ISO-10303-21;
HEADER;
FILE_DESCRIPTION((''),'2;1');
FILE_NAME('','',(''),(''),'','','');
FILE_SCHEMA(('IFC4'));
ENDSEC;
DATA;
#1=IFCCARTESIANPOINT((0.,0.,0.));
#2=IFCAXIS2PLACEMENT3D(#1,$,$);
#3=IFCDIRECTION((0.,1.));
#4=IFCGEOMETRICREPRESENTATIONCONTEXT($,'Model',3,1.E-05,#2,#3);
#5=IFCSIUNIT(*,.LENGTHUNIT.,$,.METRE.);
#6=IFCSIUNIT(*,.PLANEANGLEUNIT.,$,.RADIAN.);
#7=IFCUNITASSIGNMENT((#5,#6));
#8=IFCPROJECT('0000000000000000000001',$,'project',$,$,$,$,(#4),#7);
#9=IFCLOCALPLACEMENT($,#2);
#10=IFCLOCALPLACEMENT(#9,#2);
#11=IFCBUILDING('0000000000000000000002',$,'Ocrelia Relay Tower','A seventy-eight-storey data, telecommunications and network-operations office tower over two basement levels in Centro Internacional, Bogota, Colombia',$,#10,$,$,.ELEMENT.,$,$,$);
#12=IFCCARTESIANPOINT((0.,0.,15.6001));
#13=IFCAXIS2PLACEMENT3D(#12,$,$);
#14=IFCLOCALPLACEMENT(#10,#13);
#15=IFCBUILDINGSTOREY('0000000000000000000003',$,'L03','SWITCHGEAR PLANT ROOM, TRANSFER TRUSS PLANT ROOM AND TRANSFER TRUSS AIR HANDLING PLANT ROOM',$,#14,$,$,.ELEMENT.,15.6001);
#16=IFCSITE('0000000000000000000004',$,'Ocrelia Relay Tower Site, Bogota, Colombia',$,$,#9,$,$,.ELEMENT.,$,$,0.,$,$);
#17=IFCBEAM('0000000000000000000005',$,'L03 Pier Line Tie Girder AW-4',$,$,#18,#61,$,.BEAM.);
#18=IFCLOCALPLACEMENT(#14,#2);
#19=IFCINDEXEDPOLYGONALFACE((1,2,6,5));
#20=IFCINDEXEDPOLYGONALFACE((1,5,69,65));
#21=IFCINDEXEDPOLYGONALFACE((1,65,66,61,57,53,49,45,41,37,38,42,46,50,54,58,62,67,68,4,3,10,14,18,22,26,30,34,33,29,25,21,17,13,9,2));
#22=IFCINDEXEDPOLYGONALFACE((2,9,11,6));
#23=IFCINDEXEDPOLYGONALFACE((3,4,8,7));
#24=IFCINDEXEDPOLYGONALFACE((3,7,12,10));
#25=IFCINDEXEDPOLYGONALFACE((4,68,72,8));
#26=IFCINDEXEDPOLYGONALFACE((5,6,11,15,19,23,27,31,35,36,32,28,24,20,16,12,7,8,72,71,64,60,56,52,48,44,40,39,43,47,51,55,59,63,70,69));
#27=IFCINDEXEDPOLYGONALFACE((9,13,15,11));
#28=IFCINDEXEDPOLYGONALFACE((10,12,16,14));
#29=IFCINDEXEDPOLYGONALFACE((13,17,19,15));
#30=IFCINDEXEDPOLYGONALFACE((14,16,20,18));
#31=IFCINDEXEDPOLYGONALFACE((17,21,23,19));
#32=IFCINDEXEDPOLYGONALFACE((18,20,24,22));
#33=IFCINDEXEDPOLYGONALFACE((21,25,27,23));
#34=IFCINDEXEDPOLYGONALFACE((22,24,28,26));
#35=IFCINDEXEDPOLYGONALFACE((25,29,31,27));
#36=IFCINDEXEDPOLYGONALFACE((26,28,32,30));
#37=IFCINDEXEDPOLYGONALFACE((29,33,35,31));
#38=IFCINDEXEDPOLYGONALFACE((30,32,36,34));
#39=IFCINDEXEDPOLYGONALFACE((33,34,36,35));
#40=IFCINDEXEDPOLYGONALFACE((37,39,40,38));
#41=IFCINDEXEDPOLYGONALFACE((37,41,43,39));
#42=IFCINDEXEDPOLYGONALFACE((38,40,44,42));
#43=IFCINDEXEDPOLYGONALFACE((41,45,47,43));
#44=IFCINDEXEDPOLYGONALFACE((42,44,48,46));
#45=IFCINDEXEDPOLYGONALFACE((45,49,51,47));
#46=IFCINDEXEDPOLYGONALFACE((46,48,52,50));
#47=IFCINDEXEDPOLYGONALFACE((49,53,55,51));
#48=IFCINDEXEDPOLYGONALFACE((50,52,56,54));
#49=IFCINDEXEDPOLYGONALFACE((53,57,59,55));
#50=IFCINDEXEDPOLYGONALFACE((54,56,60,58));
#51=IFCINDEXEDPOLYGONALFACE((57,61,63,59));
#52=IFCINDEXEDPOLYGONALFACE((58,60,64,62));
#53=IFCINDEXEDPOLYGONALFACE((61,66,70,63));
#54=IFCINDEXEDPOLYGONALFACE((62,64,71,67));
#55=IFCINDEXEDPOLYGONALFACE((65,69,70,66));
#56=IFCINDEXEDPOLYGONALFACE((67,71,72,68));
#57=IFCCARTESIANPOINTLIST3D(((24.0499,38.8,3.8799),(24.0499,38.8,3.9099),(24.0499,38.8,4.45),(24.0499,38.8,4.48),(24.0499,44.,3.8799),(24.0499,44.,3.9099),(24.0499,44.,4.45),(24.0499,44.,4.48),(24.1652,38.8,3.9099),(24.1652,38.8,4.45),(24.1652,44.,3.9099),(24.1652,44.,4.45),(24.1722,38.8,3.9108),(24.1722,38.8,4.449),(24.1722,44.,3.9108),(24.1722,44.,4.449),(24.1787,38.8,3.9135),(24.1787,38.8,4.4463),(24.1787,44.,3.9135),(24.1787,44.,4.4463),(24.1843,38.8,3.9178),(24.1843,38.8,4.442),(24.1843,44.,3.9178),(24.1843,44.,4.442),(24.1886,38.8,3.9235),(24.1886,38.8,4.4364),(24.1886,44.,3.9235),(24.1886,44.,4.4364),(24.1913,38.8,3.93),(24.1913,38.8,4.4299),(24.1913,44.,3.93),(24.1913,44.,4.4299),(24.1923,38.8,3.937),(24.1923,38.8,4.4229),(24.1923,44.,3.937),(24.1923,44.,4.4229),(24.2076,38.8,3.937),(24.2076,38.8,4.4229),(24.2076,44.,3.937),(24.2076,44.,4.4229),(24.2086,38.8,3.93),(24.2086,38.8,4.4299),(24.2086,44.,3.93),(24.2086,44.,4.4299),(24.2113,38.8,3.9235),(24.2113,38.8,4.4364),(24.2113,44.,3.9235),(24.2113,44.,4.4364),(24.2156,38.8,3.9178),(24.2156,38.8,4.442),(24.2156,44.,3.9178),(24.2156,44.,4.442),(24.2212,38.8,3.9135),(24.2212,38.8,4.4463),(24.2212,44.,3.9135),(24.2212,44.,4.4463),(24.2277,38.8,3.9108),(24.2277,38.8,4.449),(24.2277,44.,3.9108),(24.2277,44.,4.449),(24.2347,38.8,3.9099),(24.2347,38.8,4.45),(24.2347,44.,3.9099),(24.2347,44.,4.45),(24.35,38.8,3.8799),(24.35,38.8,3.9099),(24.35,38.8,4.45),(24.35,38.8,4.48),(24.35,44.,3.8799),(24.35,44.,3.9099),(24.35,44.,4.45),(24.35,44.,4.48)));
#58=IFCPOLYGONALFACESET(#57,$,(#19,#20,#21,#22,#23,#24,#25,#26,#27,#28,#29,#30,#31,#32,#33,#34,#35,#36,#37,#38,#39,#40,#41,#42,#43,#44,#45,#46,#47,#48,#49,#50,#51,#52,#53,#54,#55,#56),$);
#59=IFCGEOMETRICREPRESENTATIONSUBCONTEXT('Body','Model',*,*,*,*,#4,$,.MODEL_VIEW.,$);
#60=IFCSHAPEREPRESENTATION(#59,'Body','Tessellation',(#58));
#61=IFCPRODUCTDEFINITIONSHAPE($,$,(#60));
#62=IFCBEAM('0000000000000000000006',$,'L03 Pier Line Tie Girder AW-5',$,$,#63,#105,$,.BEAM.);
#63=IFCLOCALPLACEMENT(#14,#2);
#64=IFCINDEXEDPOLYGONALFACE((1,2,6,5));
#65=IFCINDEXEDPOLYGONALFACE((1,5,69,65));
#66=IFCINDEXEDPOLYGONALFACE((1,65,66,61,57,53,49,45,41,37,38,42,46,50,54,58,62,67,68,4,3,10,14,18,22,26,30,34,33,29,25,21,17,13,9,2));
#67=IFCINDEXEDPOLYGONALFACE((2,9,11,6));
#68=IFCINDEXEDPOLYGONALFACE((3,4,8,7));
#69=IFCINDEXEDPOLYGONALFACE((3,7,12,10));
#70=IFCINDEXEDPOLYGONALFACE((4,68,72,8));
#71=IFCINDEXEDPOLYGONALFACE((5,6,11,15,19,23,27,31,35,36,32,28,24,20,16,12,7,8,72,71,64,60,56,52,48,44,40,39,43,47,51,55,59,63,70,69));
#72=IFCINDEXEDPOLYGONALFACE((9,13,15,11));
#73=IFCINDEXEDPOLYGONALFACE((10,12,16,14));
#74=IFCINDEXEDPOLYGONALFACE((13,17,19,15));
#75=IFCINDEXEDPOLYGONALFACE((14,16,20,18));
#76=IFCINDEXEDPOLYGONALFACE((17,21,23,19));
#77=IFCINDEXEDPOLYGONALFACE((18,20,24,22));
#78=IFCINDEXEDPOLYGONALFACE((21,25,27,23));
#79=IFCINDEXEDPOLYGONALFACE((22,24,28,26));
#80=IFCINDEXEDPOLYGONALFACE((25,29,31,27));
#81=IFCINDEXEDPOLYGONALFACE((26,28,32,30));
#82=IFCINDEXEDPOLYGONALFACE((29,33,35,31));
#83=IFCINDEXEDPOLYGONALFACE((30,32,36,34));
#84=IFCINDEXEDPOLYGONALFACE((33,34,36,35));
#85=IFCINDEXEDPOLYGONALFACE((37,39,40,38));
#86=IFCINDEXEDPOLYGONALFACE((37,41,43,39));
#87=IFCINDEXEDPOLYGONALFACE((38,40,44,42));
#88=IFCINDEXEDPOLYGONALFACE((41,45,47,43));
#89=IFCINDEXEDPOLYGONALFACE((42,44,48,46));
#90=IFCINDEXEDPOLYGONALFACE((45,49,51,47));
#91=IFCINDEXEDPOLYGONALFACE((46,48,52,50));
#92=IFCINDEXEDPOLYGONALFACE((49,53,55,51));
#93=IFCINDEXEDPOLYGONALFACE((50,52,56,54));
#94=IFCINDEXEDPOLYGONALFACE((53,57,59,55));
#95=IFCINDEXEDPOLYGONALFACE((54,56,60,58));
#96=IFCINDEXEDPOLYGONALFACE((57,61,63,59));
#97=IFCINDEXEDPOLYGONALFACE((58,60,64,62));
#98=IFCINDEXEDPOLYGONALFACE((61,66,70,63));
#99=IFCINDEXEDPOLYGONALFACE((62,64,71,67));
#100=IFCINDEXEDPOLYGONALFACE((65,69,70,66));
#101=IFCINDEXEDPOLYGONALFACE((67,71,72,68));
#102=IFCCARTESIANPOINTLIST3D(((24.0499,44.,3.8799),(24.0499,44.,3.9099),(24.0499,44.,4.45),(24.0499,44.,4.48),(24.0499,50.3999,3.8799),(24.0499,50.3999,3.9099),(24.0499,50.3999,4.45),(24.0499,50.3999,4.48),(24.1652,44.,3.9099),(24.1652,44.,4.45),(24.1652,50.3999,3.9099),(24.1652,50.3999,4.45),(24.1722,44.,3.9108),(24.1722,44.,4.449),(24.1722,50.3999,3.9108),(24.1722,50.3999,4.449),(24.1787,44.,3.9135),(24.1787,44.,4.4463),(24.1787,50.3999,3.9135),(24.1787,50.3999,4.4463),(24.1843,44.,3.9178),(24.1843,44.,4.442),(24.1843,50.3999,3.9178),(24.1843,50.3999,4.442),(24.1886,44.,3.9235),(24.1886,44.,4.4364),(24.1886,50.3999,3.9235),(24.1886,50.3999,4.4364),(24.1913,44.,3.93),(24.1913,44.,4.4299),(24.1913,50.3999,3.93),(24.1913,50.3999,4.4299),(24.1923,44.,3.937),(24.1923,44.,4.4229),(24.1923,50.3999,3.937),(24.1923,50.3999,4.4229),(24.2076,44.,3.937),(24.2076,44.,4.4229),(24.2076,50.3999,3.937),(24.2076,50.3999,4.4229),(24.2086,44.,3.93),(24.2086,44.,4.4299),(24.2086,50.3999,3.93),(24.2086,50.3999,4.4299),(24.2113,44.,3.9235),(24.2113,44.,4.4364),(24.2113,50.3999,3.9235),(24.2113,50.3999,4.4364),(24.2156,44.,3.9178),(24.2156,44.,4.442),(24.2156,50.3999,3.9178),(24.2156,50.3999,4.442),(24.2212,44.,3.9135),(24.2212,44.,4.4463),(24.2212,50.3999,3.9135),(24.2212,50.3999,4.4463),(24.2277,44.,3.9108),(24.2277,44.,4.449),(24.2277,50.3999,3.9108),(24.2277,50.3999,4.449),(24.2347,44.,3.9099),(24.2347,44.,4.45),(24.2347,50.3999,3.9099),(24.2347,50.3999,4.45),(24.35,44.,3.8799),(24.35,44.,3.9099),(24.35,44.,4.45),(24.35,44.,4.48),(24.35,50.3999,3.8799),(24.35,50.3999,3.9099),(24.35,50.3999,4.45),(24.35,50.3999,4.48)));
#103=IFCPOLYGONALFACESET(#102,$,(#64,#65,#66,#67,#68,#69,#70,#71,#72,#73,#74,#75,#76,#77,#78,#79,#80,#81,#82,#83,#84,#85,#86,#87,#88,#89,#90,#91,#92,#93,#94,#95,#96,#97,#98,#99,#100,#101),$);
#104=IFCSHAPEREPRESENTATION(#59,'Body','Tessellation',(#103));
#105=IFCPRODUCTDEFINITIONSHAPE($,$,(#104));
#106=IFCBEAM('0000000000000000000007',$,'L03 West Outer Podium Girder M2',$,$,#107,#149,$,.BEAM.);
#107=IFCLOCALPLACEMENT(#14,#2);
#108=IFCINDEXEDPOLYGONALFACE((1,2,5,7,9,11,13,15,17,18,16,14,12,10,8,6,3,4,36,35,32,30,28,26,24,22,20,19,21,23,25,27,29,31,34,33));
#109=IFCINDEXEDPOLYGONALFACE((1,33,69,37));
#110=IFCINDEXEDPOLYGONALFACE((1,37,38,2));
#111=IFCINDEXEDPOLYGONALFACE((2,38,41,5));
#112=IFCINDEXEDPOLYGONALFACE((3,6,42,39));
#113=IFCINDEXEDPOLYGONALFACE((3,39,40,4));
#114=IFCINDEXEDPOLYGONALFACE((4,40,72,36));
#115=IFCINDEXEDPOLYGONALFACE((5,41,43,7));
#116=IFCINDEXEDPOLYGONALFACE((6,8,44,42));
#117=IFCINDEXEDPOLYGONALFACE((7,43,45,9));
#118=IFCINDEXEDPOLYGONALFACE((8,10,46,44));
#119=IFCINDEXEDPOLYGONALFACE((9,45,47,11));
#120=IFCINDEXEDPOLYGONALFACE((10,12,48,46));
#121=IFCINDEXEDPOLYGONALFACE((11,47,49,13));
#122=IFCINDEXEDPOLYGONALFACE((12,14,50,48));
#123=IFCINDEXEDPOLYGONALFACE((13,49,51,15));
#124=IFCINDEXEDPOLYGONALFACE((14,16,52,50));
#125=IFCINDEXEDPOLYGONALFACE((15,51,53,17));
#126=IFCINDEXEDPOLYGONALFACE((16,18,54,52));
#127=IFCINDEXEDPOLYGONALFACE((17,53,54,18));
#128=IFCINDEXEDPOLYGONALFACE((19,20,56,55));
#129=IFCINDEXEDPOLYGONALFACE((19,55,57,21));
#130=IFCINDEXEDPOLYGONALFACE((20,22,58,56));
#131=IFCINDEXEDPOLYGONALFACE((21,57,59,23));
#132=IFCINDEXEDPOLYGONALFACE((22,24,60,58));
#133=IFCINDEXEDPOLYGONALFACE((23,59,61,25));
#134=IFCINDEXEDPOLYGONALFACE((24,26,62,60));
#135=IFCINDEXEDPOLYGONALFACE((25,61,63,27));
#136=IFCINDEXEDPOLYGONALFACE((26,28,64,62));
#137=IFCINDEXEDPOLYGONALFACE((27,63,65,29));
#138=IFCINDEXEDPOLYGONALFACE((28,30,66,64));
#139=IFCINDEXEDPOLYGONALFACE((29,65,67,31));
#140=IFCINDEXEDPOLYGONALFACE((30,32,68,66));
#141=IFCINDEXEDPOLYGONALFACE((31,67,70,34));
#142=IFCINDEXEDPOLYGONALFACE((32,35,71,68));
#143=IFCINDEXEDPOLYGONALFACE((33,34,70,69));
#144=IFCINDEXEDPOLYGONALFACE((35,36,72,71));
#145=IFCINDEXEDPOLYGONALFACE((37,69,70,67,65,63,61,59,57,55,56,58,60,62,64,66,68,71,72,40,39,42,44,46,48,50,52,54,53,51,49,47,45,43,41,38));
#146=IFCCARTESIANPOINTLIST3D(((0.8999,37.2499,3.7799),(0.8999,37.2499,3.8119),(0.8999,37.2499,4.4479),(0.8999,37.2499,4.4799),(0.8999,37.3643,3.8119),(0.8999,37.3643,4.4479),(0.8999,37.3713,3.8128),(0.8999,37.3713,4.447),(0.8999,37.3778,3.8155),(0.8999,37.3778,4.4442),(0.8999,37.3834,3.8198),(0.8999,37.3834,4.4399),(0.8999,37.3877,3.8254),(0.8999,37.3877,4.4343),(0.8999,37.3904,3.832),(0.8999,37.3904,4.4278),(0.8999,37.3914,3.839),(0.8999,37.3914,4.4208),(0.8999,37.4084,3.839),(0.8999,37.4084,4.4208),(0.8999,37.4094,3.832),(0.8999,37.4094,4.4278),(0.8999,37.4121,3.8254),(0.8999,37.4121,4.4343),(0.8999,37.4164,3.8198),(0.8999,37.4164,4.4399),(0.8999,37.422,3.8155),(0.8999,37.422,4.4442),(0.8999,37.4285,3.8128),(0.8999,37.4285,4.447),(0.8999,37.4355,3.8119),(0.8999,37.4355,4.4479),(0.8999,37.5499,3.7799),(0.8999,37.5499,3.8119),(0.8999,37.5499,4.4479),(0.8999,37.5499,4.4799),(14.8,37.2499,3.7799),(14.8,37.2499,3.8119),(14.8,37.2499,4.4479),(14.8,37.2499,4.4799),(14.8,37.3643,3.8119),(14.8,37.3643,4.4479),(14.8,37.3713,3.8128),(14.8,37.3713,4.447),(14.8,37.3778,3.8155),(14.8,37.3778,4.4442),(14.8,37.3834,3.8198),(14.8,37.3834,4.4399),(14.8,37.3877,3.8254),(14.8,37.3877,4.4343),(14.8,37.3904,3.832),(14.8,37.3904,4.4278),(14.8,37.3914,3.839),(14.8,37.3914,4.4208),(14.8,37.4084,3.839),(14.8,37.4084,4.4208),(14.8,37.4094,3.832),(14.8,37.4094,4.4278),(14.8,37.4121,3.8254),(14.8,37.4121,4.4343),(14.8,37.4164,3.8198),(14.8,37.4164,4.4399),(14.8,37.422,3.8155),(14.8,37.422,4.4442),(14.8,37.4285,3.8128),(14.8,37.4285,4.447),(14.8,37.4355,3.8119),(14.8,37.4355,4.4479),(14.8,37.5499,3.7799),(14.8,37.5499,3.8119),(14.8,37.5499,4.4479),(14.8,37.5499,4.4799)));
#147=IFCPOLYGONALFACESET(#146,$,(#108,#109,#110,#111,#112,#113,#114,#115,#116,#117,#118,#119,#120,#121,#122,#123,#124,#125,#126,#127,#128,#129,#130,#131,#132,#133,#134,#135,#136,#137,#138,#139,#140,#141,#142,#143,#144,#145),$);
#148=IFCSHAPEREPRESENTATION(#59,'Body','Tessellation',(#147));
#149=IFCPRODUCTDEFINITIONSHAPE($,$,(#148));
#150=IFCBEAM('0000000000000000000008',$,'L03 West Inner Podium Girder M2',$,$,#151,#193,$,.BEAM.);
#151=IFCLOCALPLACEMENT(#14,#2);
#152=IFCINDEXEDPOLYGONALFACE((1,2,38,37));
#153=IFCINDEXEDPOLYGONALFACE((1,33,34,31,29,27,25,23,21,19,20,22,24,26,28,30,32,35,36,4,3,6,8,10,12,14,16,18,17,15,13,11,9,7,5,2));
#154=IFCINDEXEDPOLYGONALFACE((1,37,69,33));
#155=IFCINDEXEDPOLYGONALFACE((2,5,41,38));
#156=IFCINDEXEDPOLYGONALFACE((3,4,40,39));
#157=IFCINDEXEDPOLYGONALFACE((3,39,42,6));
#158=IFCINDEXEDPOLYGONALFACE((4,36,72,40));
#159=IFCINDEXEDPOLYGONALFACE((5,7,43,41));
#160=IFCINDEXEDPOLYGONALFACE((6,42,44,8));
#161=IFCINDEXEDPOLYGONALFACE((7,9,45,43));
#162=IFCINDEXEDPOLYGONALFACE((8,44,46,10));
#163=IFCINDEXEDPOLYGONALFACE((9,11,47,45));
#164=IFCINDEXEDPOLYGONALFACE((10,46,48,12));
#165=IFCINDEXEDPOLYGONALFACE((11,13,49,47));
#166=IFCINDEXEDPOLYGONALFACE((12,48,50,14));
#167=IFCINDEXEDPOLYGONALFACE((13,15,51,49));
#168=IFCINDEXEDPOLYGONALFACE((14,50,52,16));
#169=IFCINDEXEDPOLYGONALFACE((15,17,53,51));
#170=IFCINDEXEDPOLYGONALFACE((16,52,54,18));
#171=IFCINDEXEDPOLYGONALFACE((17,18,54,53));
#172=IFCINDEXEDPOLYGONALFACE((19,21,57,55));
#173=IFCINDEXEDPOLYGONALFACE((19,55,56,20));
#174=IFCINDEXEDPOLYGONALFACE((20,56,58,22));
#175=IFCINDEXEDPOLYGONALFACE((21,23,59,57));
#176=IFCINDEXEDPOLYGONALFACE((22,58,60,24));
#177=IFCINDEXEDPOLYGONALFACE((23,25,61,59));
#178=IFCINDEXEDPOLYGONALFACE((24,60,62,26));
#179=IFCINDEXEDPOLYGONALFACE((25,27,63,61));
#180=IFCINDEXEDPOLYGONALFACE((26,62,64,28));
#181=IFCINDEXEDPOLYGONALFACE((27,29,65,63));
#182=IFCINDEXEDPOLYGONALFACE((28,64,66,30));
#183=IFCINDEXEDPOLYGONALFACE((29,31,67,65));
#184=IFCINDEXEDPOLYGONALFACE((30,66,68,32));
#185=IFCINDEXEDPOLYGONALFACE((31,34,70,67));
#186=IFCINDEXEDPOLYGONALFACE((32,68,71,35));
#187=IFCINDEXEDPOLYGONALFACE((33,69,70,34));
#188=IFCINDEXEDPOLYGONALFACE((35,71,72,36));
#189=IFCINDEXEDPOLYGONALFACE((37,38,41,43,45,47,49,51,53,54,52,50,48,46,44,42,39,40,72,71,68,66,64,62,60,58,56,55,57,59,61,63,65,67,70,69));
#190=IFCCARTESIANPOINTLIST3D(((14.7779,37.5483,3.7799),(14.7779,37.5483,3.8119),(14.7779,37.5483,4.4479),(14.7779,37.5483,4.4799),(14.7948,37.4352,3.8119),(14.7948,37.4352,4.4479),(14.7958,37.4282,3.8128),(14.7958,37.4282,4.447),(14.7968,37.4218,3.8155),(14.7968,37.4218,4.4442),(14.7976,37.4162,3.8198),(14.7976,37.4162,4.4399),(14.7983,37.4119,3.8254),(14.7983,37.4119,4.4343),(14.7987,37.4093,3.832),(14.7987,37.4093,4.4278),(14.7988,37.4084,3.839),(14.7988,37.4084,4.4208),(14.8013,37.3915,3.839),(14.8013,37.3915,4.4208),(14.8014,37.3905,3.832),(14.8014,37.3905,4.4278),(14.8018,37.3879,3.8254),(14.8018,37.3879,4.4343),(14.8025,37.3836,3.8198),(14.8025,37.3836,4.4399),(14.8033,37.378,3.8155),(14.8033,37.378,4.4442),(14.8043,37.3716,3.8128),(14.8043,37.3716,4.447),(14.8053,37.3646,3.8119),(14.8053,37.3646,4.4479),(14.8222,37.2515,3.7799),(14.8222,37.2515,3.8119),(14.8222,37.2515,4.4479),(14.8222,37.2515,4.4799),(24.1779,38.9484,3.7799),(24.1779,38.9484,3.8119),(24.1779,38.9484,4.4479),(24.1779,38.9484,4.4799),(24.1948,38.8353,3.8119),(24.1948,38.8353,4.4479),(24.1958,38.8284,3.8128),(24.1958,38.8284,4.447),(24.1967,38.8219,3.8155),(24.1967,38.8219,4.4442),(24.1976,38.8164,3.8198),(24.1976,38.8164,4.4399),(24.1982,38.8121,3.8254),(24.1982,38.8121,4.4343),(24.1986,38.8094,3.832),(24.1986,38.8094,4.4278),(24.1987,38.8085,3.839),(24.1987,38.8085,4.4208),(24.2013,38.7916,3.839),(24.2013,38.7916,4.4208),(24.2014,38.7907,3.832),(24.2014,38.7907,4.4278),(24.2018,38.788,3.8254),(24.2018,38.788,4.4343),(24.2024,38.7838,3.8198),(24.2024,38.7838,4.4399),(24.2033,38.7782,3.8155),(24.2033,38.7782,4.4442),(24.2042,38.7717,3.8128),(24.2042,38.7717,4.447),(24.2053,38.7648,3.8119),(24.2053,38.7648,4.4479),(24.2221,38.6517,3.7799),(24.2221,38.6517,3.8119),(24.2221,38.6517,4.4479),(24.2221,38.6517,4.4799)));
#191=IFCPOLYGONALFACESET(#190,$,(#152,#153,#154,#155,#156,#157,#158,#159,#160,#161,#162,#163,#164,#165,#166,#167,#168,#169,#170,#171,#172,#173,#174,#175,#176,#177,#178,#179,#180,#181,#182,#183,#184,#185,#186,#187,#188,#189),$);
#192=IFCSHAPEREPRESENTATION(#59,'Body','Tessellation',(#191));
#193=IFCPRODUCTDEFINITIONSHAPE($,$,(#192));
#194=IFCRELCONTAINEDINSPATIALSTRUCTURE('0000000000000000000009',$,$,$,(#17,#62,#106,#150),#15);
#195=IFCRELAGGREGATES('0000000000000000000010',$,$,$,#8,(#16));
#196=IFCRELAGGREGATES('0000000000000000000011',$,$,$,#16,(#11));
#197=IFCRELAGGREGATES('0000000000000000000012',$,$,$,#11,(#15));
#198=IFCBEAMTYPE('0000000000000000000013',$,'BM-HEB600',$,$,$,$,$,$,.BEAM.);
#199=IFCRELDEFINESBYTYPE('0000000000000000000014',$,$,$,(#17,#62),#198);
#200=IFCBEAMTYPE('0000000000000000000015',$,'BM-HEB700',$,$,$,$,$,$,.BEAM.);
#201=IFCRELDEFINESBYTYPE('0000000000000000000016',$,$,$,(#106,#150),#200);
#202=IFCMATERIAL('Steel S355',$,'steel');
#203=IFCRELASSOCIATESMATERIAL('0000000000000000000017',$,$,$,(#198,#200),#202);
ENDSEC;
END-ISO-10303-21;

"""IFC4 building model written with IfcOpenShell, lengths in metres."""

from ifc_helpers import new_model, si_unit, direction, frame, origin, origin_2d, place, context, subcontext, project, spatial, i_section, extrude, material, material_profile, profile_set, type_object, element, save


model = new_model("IFC4")

# Units and contexts
model_context = context("Model", 3, precision=1e-05, world=origin(), true_north=direction((0.0, 1.0)))
body_context = subcontext(model_context, "Body", "Model", "MODEL_VIEW")
ifc_project = project(units=[si_unit("LENGTHUNIT", "METRE"), si_unit("PLANEANGLEUNIT", "RADIAN")], contexts=[model_context])

# Site, building, storey
site_placement = place(None, origin())
site = spatial("IfcSite", under=ifc_project, at=site_placement, Name="Ocrelia Relay Tower Site, Bogota, Colombia", CompositionType="ELEMENT", RefElevation=0.0)
building_placement = place(site_placement, origin())
building = spatial("IfcBuilding", under=site, at=building_placement, Name="Ocrelia Relay Tower", Description="A seventy-eight-storey data, telecommunications and network-operations office tower over two basement levels in Centro Internacional, Bogota, Colombia", CompositionType="ELEMENT")
storey_placement = place(building_placement, frame((0.0, 0.0, 15.6001)))
storey = spatial("IfcBuildingStorey", under=building, at=storey_placement, Name="L03", Description="SWITCHGEAR PLANT ROOM, TRANSFER TRUSS PLANT ROOM AND TRANSFER TRUSS AIR HANDLING PLANT ROOM", CompositionType="ELEMENT", Elevation=15.6001)

# Beams
ifc_material_1 = material(Name="Steel S355", Category="steel")
ifc_material_profile_1 = material_profile(ifc_material_1, i_section(OverallWidth=0.3, OverallDepth=0.6001, WebThickness=0.0154, FlangeThickness=0.03, FilletRadius=0.0271, at=origin_2d()), Name="HEB 600")
ifc_profile_set_1 = profile_set([ifc_material_profile_1], Name="Steel S355")
beam_type_1 = type_object("IfcBeamType", Name="BM-HEB600", PredefinedType="BEAM", material=ifc_profile_set_1)
beam_1_placement = place(storey_placement, frame((24.2, 38.8, 4.1799), z_axis=(0.0, 1.0, 0.0), x_axis=(-1.0, 0.0, 0.0)))
element("IfcBeam", 1, at=beam_1_placement, inside=storey, type_object=beam_type_1, Name="L03 Pier Line Tie Girder AW-4", PredefinedType="BEAM", context=body_context, shape_type="SweptSolid", body=[
    extrude(i_section(OverallWidth=0.3, OverallDepth=0.6001, WebThickness=0.0154, FlangeThickness=0.03, FilletRadius=0.0271, at=origin_2d()), origin(), (0.0, 0.0, 1.0), 5.2),
])
beam_2_placement = place(storey_placement, frame((24.2, 44.0, 4.1799), z_axis=(0.0, 1.0, 0.0), x_axis=(-1.0, 0.0, 0.0)))
element("IfcBeam", 2, at=beam_2_placement, inside=storey, type_object=beam_type_1, Name="L03 Pier Line Tie Girder AW-5", PredefinedType="BEAM", context=body_context, shape_type="SweptSolid", body=[
    extrude(i_section(OverallWidth=0.3, OverallDepth=0.6001, WebThickness=0.0154, FlangeThickness=0.03, FilletRadius=0.0271, at=origin_2d()), origin(), (0.0, 0.0, 1.0), 6.3999),
])
ifc_material_profile_2 = material_profile(ifc_material_1, i_section(OverallWidth=0.3, OverallDepth=0.7, WebThickness=0.0171, FlangeThickness=0.032, FilletRadius=0.0271, at=origin_2d()), Name="HEB 700")
ifc_profile_set_2 = profile_set([ifc_material_profile_2], Name="Steel S355")
beam_type_2 = type_object("IfcBeamType", Name="BM-HEB700", PredefinedType="BEAM", material=ifc_profile_set_2)
beam_3_placement = place(storey_placement, frame((0.8999, 37.3999, 4.1299), z_axis=(1.0, 0.0, 0.0), x_axis=(0.0, 1.0, 0.0)))
element("IfcBeam", 3, at=beam_3_placement, inside=storey, type_object=beam_type_2, Name="L03 West Outer Podium Girder M2", PredefinedType="BEAM", context=body_context, shape_type="SweptSolid", body=[
    extrude(i_section(OverallWidth=0.3, OverallDepth=0.7, WebThickness=0.0171, FlangeThickness=0.032, FilletRadius=0.0271, at=origin_2d()), origin(), (0.0, 0.0, 1.0), 13.9001),
])
beam_4_placement = place(storey_placement, frame((14.8, 37.3999, 4.1299), z_axis=(0.989088, 0.147328, 0.0), x_axis=(-0.147328, 0.989088, 0.0)))
element("IfcBeam", 4, at=beam_4_placement, inside=storey, type_object=beam_type_2, Name="L03 West Inner Podium Girder M2", PredefinedType="BEAM", context=body_context, shape_type="SweptSolid", body=[
    extrude(i_section(OverallWidth=0.3, OverallDepth=0.7, WebThickness=0.0171, FlangeThickness=0.032, FilletRadius=0.0271, at=origin_2d()), origin(), (0.0, 0.0, 1.0), 9.5037),
])

save(model, "model.ifc")
